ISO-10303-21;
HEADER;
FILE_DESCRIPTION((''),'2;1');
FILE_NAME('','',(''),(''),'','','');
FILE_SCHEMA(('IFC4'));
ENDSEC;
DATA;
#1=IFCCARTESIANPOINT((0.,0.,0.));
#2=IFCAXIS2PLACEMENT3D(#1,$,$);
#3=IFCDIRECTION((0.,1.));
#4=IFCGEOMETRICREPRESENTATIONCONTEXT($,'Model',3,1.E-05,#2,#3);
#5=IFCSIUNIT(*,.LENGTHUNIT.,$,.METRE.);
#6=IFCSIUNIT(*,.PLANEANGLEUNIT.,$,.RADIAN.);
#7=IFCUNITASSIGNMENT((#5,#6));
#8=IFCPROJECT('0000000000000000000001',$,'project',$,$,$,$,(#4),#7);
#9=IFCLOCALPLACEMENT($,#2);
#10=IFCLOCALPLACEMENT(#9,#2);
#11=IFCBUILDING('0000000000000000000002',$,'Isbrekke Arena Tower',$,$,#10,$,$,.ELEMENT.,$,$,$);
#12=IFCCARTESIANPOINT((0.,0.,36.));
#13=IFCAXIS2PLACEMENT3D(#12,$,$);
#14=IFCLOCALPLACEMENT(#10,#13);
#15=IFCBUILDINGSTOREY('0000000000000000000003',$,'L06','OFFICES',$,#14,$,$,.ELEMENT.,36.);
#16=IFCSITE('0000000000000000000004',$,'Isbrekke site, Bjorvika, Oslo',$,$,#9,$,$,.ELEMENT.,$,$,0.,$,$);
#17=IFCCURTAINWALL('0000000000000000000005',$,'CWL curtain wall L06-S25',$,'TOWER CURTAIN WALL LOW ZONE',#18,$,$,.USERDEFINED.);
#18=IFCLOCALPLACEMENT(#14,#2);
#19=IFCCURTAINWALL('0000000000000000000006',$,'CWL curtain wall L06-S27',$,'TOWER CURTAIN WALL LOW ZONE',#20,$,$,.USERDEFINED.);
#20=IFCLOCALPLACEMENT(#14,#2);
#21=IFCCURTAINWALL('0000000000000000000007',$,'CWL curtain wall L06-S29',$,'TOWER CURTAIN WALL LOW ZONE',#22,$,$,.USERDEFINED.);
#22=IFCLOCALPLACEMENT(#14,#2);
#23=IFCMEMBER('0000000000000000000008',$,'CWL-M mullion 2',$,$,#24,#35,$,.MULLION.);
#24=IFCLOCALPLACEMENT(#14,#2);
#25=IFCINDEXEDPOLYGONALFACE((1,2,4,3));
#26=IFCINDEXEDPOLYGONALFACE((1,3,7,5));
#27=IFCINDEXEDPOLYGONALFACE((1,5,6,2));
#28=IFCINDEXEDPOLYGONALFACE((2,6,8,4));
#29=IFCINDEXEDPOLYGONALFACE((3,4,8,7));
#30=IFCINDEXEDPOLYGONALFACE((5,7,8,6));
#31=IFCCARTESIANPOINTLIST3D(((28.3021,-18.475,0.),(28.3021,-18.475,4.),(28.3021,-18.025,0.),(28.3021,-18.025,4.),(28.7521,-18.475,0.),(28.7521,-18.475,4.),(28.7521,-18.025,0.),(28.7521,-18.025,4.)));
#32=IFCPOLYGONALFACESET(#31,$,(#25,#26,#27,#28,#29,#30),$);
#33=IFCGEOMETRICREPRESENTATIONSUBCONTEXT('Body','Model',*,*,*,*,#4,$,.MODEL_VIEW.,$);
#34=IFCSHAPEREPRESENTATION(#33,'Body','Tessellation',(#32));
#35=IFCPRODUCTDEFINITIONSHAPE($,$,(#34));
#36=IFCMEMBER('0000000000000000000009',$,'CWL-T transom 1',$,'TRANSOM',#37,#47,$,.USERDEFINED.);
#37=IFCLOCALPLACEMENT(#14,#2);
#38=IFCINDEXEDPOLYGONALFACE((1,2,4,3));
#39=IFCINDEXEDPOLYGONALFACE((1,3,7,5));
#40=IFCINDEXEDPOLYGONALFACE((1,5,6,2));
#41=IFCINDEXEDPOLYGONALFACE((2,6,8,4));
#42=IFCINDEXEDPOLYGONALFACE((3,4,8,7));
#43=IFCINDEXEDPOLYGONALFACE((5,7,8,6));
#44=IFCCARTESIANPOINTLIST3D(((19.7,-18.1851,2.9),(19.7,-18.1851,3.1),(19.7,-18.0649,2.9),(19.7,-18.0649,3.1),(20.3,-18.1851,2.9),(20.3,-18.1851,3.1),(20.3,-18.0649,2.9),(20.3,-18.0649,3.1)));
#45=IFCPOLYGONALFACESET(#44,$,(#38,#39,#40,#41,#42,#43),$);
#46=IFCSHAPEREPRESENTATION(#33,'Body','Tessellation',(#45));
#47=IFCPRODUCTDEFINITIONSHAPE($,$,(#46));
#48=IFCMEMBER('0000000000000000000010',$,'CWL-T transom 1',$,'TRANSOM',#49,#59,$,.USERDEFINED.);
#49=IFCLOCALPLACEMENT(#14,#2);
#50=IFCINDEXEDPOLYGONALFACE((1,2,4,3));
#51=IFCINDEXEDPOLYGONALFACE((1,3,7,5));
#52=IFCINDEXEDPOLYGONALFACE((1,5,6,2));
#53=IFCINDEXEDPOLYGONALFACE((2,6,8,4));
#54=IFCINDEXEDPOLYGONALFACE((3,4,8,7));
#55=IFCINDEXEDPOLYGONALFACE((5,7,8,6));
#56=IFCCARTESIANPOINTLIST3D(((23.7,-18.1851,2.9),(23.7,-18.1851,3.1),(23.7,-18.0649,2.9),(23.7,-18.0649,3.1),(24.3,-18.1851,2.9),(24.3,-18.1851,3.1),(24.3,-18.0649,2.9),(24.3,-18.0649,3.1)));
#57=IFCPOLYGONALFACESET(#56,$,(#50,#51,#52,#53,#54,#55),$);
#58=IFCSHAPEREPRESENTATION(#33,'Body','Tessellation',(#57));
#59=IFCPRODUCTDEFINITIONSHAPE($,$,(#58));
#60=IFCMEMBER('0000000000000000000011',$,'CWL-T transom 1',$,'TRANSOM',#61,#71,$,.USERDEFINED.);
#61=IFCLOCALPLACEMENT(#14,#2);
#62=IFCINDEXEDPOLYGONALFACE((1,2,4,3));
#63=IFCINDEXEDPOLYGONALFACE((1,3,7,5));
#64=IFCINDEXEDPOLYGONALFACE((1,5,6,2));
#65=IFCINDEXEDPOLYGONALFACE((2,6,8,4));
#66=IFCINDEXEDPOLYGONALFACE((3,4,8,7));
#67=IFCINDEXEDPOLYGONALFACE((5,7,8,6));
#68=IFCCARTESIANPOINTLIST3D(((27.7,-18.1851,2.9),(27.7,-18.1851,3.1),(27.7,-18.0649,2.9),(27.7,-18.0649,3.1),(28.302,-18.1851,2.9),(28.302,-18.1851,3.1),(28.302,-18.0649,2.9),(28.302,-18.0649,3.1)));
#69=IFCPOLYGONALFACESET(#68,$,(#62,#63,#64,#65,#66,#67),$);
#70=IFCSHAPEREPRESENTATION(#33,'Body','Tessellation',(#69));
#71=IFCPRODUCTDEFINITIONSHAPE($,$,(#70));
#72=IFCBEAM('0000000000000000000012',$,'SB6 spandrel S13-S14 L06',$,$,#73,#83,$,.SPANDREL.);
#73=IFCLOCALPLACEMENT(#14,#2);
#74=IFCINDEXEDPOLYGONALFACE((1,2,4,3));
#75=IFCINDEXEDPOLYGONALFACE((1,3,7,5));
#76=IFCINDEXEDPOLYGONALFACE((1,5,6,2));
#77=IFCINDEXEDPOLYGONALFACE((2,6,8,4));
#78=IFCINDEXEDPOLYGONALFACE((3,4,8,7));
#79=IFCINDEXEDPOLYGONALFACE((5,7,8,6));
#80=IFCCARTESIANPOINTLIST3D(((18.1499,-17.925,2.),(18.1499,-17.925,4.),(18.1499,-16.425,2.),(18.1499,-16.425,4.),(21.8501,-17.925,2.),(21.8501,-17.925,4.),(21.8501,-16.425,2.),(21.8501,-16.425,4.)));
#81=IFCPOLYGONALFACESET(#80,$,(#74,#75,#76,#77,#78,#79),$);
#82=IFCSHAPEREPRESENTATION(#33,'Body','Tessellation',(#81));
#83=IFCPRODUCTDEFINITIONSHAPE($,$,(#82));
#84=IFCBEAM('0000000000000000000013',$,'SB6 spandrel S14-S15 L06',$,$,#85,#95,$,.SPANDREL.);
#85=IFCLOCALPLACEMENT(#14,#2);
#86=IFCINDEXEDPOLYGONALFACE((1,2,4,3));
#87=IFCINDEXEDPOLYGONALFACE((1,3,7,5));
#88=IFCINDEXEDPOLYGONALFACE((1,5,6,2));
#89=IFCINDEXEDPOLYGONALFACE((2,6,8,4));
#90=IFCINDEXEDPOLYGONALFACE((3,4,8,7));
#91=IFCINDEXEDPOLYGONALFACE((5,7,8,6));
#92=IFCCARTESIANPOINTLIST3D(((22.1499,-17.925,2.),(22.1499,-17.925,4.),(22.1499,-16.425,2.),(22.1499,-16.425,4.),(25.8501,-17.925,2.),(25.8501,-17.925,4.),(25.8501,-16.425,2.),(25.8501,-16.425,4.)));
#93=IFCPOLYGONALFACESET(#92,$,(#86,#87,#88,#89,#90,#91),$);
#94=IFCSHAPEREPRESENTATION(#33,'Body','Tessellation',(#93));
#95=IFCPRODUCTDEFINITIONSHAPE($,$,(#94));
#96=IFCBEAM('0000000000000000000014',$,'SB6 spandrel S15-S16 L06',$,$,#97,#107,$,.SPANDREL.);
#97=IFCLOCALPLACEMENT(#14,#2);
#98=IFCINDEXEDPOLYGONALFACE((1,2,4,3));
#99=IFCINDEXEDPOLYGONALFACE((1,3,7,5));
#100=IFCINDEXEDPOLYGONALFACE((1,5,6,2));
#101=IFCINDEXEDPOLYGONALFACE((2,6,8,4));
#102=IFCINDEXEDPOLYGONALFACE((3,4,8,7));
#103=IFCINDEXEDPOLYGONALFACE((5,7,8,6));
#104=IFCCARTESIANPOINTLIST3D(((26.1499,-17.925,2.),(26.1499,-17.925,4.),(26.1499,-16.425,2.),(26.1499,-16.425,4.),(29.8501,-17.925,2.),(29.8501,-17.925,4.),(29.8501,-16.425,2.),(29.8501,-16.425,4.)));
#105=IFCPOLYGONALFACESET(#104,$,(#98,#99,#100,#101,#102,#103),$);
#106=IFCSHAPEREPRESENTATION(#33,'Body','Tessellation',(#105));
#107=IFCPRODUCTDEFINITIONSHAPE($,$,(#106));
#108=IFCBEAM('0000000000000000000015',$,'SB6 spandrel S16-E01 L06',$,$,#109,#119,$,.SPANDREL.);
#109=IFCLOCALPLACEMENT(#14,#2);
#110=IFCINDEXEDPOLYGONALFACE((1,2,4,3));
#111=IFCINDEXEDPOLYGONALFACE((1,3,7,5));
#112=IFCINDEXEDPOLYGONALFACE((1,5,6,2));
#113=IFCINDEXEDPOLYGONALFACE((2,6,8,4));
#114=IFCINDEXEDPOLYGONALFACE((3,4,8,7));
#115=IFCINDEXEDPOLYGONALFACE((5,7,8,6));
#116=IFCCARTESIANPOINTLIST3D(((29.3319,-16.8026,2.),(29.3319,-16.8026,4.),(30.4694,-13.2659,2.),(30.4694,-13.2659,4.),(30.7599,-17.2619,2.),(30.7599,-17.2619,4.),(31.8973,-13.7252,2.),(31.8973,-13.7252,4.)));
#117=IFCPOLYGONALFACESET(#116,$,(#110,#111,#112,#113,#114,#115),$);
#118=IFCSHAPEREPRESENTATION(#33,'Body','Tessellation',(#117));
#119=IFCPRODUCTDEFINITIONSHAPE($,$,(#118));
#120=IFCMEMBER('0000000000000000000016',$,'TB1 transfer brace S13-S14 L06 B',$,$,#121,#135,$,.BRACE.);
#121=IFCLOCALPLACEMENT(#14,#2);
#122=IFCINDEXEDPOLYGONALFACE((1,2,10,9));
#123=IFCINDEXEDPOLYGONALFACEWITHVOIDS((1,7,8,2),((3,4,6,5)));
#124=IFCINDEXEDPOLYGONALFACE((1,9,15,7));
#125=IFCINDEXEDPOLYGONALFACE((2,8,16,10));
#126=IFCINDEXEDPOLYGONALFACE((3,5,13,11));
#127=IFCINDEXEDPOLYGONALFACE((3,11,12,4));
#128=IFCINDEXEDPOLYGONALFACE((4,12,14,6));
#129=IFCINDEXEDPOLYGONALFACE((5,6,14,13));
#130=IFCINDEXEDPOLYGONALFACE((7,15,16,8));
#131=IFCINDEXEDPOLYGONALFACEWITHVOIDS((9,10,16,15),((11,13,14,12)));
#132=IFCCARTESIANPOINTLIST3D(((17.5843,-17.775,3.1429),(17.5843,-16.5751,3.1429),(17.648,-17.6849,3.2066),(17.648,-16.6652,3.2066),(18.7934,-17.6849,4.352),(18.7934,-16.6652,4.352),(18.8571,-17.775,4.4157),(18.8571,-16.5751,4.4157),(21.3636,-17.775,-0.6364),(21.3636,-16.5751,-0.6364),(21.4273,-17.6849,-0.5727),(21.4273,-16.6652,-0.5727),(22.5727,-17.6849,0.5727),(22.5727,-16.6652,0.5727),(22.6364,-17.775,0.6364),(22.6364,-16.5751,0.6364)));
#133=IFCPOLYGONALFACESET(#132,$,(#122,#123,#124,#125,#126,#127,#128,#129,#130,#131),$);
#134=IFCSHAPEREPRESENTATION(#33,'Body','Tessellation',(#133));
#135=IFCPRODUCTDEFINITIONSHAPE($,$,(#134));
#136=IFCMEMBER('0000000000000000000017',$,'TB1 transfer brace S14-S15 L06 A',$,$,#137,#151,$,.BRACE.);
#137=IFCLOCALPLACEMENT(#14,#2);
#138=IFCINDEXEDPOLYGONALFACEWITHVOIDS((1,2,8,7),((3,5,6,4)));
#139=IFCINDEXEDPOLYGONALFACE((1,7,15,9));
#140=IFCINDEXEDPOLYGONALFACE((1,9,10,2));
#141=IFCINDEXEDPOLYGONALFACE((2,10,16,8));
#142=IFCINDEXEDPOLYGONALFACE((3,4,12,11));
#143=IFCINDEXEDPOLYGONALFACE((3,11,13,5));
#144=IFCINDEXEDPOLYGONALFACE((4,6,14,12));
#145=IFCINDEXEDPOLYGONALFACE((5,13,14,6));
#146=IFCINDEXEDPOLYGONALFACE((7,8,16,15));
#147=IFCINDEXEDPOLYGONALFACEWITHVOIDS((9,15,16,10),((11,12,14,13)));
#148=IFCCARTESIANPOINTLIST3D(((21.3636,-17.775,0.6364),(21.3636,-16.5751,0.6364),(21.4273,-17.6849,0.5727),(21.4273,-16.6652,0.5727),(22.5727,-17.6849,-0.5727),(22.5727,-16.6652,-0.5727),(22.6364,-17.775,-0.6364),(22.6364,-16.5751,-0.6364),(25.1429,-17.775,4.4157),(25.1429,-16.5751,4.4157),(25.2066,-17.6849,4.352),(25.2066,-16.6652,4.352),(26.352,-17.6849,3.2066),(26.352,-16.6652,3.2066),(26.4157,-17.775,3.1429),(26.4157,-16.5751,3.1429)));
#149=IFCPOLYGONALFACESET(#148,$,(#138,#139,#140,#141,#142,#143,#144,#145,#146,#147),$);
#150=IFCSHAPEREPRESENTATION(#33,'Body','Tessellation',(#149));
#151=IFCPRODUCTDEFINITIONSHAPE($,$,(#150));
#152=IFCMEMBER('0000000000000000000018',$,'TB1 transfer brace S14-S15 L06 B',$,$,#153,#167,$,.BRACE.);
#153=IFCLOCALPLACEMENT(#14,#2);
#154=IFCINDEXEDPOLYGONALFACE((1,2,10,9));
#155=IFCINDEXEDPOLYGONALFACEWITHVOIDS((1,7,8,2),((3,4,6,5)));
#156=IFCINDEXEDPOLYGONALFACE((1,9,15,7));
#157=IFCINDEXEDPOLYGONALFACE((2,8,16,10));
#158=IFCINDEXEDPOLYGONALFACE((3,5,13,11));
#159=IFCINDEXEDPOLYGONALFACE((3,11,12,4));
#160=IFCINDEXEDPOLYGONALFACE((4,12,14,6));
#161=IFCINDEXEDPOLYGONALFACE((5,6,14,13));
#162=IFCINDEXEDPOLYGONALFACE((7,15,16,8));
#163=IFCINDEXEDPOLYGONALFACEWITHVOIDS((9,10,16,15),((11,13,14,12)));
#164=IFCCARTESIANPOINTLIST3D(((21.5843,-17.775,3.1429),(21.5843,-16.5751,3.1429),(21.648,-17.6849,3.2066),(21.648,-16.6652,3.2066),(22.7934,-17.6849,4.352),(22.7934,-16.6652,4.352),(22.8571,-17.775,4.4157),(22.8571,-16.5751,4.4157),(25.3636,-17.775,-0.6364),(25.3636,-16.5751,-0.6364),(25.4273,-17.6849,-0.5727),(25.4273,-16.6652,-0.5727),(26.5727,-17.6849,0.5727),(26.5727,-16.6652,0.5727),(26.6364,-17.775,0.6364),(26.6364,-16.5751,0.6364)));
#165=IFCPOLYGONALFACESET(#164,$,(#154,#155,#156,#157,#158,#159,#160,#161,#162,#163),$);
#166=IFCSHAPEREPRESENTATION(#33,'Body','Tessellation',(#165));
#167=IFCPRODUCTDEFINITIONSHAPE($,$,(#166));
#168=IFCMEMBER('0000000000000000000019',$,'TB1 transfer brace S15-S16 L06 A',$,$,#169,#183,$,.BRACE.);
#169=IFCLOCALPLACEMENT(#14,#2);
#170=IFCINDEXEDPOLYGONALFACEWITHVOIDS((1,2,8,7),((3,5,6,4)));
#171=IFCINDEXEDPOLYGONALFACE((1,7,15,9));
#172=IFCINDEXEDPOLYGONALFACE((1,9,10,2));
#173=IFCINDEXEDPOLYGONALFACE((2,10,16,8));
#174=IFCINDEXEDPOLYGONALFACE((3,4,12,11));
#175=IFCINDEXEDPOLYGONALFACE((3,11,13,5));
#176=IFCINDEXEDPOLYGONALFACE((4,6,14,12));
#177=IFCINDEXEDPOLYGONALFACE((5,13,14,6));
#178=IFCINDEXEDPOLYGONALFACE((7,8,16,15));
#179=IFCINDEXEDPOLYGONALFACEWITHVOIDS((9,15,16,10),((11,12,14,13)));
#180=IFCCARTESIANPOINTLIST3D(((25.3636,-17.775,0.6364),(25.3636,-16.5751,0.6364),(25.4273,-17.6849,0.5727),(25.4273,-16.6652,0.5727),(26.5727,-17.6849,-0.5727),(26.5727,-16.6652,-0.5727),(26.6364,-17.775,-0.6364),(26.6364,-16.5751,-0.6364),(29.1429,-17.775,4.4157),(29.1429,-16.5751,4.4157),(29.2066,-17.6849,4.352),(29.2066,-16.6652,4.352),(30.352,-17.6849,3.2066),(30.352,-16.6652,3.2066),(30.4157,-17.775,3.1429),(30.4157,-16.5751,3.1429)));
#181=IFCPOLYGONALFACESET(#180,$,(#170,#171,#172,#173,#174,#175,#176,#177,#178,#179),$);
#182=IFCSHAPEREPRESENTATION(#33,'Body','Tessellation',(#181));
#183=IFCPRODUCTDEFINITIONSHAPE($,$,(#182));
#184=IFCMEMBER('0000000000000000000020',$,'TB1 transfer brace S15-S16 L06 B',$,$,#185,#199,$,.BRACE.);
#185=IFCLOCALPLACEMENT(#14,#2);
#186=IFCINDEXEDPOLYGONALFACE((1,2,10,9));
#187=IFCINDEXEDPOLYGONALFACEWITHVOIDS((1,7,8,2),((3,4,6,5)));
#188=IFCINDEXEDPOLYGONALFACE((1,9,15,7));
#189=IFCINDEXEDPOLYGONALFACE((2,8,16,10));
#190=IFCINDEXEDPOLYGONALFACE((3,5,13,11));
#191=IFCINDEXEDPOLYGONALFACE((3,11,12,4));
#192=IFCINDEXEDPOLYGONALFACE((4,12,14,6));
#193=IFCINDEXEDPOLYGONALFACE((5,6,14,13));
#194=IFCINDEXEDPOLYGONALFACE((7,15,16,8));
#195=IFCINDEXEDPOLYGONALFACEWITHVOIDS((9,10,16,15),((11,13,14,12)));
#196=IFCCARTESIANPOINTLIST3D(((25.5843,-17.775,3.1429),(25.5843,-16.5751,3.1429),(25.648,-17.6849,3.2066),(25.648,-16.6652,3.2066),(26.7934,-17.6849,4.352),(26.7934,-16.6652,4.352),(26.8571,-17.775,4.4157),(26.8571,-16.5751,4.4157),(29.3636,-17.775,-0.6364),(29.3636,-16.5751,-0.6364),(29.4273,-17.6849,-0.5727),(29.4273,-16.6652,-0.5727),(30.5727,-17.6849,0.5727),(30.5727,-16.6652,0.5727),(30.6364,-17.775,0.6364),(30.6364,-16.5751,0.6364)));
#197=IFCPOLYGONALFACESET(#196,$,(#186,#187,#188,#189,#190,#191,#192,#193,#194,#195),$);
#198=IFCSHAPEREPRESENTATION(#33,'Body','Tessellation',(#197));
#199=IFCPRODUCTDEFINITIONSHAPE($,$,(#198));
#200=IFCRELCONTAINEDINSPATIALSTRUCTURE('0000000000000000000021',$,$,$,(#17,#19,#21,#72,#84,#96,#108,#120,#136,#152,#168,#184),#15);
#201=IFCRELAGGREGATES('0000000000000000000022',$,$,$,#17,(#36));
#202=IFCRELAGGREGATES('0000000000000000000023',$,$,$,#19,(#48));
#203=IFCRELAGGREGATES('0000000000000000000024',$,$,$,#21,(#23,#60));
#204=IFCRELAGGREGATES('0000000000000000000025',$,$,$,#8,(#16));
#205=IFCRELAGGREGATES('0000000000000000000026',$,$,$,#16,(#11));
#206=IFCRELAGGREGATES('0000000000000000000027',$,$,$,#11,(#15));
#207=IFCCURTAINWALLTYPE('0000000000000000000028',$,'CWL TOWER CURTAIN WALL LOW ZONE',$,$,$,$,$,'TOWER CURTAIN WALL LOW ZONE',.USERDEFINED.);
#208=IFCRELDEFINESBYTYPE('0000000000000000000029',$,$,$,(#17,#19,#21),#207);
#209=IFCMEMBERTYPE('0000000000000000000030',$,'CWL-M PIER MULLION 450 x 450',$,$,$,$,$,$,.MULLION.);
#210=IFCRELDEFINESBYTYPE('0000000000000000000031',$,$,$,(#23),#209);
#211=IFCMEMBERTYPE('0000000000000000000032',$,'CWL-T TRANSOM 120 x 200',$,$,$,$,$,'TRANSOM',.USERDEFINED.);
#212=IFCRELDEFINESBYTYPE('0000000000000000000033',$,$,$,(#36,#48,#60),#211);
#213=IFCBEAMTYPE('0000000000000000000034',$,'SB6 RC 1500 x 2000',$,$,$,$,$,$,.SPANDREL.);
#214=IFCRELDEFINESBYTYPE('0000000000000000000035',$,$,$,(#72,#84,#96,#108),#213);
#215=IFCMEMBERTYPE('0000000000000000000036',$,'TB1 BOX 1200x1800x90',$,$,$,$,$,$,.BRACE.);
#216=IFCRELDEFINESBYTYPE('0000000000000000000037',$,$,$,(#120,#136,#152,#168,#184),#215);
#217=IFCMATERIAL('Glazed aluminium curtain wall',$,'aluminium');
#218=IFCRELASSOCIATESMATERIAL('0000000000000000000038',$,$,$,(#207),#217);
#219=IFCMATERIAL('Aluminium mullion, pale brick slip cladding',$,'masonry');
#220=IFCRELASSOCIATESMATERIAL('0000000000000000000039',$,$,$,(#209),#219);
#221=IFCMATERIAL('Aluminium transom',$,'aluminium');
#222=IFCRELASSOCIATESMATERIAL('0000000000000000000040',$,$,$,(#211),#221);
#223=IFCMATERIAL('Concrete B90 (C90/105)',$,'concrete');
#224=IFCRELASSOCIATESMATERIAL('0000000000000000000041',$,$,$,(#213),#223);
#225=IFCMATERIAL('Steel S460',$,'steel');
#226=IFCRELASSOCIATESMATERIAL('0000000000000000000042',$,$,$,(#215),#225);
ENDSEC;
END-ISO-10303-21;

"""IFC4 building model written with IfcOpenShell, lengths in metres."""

from ifc_helpers import new_model, si_unit, direction, frame, origin, origin_2d, place, context, subcontext, project, spatial, rectangle, hollow_rectangle, extrude, material, material_profile, profile_set, type_object, element, aggregate, save


model = new_model("IFC4")

# Units and contexts
model_context = context("Model", 3, precision=1e-05, world=origin(), true_north=direction((0.0, 1.0)))
body_context = subcontext(model_context, "Body", "Model", "MODEL_VIEW")
ifc_project = project(units=[si_unit("LENGTHUNIT", "METRE"), si_unit("PLANEANGLEUNIT", "RADIAN")], contexts=[model_context])

# Site, building, storey
site_placement = place(None, origin())
site = spatial("IfcSite", under=ifc_project, at=site_placement, Name="Isbrekke site, Bjorvika, Oslo", CompositionType="ELEMENT", RefElevation=0.0)
building_placement = place(site_placement, origin())
building = spatial("IfcBuilding", under=site, at=building_placement, Name="Isbrekke Arena Tower", CompositionType="ELEMENT")
storey_placement = place(building_placement, frame((0.0, 0.0, 36.0)))
storey = spatial("IfcBuildingStorey", under=building, at=storey_placement, Name="L06", Description="OFFICES", CompositionType="ELEMENT", Elevation=36.0)

# Curtain walls, member
ifc_material_1 = material(Name="Glazed aluminium curtain wall", Category="aluminium")
curtain_wall_type = type_object("IfcCurtainWallType", Name="CWL TOWER CURTAIN WALL LOW ZONE", ElementType="TOWER CURTAIN WALL LOW ZONE", PredefinedType="USERDEFINED", material=ifc_material_1)
curtain_wall_1_placement = place(storey_placement, origin())
curtain_wall_1 = element("IfcCurtainWall", 1, at=curtain_wall_1_placement, inside=storey, type_object=curtain_wall_type, Name="CWL curtain wall L06-S25", ObjectType="TOWER CURTAIN WALL LOW ZONE", PredefinedType="USERDEFINED")
ifc_material_2 = material(Name="Aluminium mullion, pale brick slip cladding", Category="masonry")
ifc_material_profile_1 = material_profile(ifc_material_2, rectangle(XDim=0.45, YDim=0.45, at=origin_2d()), Name="PIER 450X450")
ifc_profile_set_1 = profile_set([ifc_material_profile_1], Name="Aluminium mullion, pale brick slip cladding")
member_type_1 = type_object("IfcMemberType", Name="CWL-M PIER MULLION 450 x 450", PredefinedType="MULLION", material=ifc_profile_set_1)
curtain_wall_2_placement = place(storey_placement, origin())
curtain_wall_2 = element("IfcCurtainWall", 2, at=curtain_wall_2_placement, inside=storey, type_object=curtain_wall_type, Name="CWL curtain wall L06-S27", ObjectType="TOWER CURTAIN WALL LOW ZONE", PredefinedType="USERDEFINED")
curtain_wall_3_placement = place(storey_placement, origin())
curtain_wall_3 = element("IfcCurtainWall", 3, at=curtain_wall_3_placement, inside=storey, type_object=curtain_wall_type, Name="CWL curtain wall L06-S29", ObjectType="TOWER CURTAIN WALL LOW ZONE", PredefinedType="USERDEFINED")
member_1_placement = place(storey_placement, frame((28.5271, -18.25, 0.0), z_axis=(0.0, 0.0, 1.0), x_axis=(1.0, 0.0, 0.0)))
member_1 = element("IfcMember", 4, at=member_1_placement, type_object=member_type_1, Name="CWL-M mullion 2", PredefinedType="MULLION", context=body_context, shape_type="SweptSolid", body=[
    extrude(rectangle(XDim=0.45, YDim=0.45, at=origin_2d()), origin(), (0.0, 0.0, 1.0), 4.0),
])

# Members
ifc_material_3 = material(Name="Aluminium transom", Category="aluminium")
ifc_material_profile_2 = material_profile(ifc_material_3, rectangle(XDim=0.1201, YDim=0.2, at=origin_2d()), Name="TRANSOM 120X200")
ifc_profile_set_2 = profile_set([ifc_material_profile_2], Name="Aluminium transom")
member_type_2 = type_object("IfcMemberType", Name="CWL-T TRANSOM 120 x 200", ElementType="TRANSOM", PredefinedType="USERDEFINED", material=ifc_profile_set_2)
member_2_placement = place(storey_placement, frame((19.7, -18.125, 3.0), z_axis=(1.0, 0.0, 0.0), x_axis=(0.0, 1.0, 0.0)))
member_2 = element("IfcMember", 5, at=member_2_placement, type_object=member_type_2, Name="CWL-T transom 1", ObjectType="TRANSOM", PredefinedType="USERDEFINED", context=body_context, shape_type="SweptSolid", body=[
    extrude(rectangle(XDim=0.1201, YDim=0.2, at=origin_2d()), origin(), (0.0, 0.0, 1.0), 0.6001),
])
member_3_placement = place(storey_placement, frame((23.7, -18.125, 3.0), z_axis=(1.0, 0.0, 0.0), x_axis=(0.0, 1.0, 0.0)))
member_3 = element("IfcMember", 6, at=member_3_placement, type_object=member_type_2, Name="CWL-T transom 1", ObjectType="TRANSOM", PredefinedType="USERDEFINED", context=body_context, shape_type="SweptSolid", body=[
    extrude(rectangle(XDim=0.1201, YDim=0.2, at=origin_2d()), origin(), (0.0, 0.0, 1.0), 0.6001),
])
member_4_placement = place(storey_placement, frame((27.7, -18.125, 3.0), z_axis=(1.0, 0.0, 0.0), x_axis=(0.0, 1.0, 0.0)))
member_4 = element("IfcMember", 7, at=member_4_placement, type_object=member_type_2, Name="CWL-T transom 1", ObjectType="TRANSOM", PredefinedType="USERDEFINED", context=body_context, shape_type="SweptSolid", body=[
    extrude(rectangle(XDim=0.1201, YDim=0.2, at=origin_2d()), origin(), (0.0, 0.0, 1.0), 0.6021),
])

# Beams
ifc_material_4 = material(Name="Concrete B90 (C90/105)", Category="concrete")
ifc_material_profile_3 = material_profile(ifc_material_4, rectangle(XDim=1.5, YDim=2.0, at=origin_2d()), Name="RC 1500x2000")
ifc_profile_set_3 = profile_set([ifc_material_profile_3], Name="Concrete B90 (C90/105)")
beam_type_1 = type_object("IfcBeamType", Name="SB6 RC 1500 x 2000", PredefinedType="SPANDREL", material=ifc_profile_set_3)
for number, where, z_axis, x_axis, name in (
    (8, (18.1499, -17.175, 3.0), (1.0, 0.0, 0.0), (0.0, 1.0, 0.0), "SB6 spandrel S13-S14 L06"),
    (9, (22.1499, -17.175, 3.0), (1.0, 0.0, 0.0), (0.0, 1.0, 0.0), "SB6 spandrel S14-S15 L06"),
    (10, (26.1499, -17.175, 3.0), (1.0, 0.0, 0.0), (0.0, 1.0, 0.0), "SB6 spandrel S15-S16 L06"),
):
    element("IfcBeam", number, at=place(storey_placement, frame(where, z_axis=z_axis, x_axis=x_axis)), inside=storey, type_object=beam_type_1, Name=name, PredefinedType="SPANDREL", context=body_context, shape_type="SweptSolid", body=[
        extrude(rectangle(XDim=1.5, YDim=2.0, at=origin_2d()), origin(), (0.0, 0.0, 1.0), 3.7002),
    ])
beam_placement = place(storey_placement, frame((30.0459, -17.0322, 3.0), z_axis=(0.306175, 0.951975, 0.0), x_axis=(-0.951975, 0.306175, 0.0)))
element("IfcBeam", 11, at=beam_placement, inside=storey, type_object=beam_type_1, Name="SB6 spandrel S16-E01 L06", PredefinedType="SPANDREL", context=body_context, shape_type="SweptSolid", body=[
    extrude(rectangle(XDim=1.5, YDim=2.0, at=origin_2d()), origin(), (0.0, 0.0, 1.0), 3.7151),
])

# Members
ifc_material_5 = material(Name="Steel S460", Category="steel")
ifc_material_profile_4 = material_profile(ifc_material_5, hollow_rectangle(XDim=1.2, YDim=1.8, WallThickness=0.0901, at=origin_2d()), Name="BOX 1200x1800x90")
ifc_profile_set_4 = profile_set([ifc_material_profile_4], Name="Steel S460")
member_type_3 = type_object("IfcMemberType", Name="TB1 BOX 1200x1800x90", PredefinedType="BRACE", material=ifc_profile_set_4)
for number, where, z_axis, x_axis, name in (
    (12, (18.2207, -17.175, 3.7793), (0.707107, 0.0, -0.707107), (0.0, 1.0, 0.0), "TB1 transfer brace S13-S14 L06 B"),
    (13, (22.0, -17.175, 0.0), (0.707107, 0.0, 0.707107), (0.0, 1.0, 0.0), "TB1 transfer brace S14-S15 L06 A"),
    (14, (22.2207, -17.175, 3.7793), (0.707107, 0.0, -0.707107), (0.0, 1.0, 0.0), "TB1 transfer brace S14-S15 L06 B"),
    (15, (26.0, -17.175, 0.0), (0.707107, 0.0, 0.707107), (0.0, 1.0, 0.0), "TB1 transfer brace S15-S16 L06 A"),
    (16, (26.2207, -17.175, 3.7793), (0.707107, 0.0, -0.707107), (0.0, 1.0, 0.0), "TB1 transfer brace S15-S16 L06 B"),
):
    element("IfcMember", number, at=place(storey_placement, frame(where, z_axis=z_axis, x_axis=x_axis)), inside=storey, type_object=member_type_3, Name=name, PredefinedType="BRACE", context=body_context, shape_type="SweptSolid", body=[
        extrude(hollow_rectangle(XDim=1.2, YDim=1.8, WallThickness=0.0901, at=origin_2d()), origin(), (0.0, 0.0, 1.0), 5.3447),
    ])

aggregate(curtain_wall_1, [member_2])
aggregate(curtain_wall_2, [member_3])
aggregate(curtain_wall_3, [member_1, member_4])

save(model, "model.ifc")
